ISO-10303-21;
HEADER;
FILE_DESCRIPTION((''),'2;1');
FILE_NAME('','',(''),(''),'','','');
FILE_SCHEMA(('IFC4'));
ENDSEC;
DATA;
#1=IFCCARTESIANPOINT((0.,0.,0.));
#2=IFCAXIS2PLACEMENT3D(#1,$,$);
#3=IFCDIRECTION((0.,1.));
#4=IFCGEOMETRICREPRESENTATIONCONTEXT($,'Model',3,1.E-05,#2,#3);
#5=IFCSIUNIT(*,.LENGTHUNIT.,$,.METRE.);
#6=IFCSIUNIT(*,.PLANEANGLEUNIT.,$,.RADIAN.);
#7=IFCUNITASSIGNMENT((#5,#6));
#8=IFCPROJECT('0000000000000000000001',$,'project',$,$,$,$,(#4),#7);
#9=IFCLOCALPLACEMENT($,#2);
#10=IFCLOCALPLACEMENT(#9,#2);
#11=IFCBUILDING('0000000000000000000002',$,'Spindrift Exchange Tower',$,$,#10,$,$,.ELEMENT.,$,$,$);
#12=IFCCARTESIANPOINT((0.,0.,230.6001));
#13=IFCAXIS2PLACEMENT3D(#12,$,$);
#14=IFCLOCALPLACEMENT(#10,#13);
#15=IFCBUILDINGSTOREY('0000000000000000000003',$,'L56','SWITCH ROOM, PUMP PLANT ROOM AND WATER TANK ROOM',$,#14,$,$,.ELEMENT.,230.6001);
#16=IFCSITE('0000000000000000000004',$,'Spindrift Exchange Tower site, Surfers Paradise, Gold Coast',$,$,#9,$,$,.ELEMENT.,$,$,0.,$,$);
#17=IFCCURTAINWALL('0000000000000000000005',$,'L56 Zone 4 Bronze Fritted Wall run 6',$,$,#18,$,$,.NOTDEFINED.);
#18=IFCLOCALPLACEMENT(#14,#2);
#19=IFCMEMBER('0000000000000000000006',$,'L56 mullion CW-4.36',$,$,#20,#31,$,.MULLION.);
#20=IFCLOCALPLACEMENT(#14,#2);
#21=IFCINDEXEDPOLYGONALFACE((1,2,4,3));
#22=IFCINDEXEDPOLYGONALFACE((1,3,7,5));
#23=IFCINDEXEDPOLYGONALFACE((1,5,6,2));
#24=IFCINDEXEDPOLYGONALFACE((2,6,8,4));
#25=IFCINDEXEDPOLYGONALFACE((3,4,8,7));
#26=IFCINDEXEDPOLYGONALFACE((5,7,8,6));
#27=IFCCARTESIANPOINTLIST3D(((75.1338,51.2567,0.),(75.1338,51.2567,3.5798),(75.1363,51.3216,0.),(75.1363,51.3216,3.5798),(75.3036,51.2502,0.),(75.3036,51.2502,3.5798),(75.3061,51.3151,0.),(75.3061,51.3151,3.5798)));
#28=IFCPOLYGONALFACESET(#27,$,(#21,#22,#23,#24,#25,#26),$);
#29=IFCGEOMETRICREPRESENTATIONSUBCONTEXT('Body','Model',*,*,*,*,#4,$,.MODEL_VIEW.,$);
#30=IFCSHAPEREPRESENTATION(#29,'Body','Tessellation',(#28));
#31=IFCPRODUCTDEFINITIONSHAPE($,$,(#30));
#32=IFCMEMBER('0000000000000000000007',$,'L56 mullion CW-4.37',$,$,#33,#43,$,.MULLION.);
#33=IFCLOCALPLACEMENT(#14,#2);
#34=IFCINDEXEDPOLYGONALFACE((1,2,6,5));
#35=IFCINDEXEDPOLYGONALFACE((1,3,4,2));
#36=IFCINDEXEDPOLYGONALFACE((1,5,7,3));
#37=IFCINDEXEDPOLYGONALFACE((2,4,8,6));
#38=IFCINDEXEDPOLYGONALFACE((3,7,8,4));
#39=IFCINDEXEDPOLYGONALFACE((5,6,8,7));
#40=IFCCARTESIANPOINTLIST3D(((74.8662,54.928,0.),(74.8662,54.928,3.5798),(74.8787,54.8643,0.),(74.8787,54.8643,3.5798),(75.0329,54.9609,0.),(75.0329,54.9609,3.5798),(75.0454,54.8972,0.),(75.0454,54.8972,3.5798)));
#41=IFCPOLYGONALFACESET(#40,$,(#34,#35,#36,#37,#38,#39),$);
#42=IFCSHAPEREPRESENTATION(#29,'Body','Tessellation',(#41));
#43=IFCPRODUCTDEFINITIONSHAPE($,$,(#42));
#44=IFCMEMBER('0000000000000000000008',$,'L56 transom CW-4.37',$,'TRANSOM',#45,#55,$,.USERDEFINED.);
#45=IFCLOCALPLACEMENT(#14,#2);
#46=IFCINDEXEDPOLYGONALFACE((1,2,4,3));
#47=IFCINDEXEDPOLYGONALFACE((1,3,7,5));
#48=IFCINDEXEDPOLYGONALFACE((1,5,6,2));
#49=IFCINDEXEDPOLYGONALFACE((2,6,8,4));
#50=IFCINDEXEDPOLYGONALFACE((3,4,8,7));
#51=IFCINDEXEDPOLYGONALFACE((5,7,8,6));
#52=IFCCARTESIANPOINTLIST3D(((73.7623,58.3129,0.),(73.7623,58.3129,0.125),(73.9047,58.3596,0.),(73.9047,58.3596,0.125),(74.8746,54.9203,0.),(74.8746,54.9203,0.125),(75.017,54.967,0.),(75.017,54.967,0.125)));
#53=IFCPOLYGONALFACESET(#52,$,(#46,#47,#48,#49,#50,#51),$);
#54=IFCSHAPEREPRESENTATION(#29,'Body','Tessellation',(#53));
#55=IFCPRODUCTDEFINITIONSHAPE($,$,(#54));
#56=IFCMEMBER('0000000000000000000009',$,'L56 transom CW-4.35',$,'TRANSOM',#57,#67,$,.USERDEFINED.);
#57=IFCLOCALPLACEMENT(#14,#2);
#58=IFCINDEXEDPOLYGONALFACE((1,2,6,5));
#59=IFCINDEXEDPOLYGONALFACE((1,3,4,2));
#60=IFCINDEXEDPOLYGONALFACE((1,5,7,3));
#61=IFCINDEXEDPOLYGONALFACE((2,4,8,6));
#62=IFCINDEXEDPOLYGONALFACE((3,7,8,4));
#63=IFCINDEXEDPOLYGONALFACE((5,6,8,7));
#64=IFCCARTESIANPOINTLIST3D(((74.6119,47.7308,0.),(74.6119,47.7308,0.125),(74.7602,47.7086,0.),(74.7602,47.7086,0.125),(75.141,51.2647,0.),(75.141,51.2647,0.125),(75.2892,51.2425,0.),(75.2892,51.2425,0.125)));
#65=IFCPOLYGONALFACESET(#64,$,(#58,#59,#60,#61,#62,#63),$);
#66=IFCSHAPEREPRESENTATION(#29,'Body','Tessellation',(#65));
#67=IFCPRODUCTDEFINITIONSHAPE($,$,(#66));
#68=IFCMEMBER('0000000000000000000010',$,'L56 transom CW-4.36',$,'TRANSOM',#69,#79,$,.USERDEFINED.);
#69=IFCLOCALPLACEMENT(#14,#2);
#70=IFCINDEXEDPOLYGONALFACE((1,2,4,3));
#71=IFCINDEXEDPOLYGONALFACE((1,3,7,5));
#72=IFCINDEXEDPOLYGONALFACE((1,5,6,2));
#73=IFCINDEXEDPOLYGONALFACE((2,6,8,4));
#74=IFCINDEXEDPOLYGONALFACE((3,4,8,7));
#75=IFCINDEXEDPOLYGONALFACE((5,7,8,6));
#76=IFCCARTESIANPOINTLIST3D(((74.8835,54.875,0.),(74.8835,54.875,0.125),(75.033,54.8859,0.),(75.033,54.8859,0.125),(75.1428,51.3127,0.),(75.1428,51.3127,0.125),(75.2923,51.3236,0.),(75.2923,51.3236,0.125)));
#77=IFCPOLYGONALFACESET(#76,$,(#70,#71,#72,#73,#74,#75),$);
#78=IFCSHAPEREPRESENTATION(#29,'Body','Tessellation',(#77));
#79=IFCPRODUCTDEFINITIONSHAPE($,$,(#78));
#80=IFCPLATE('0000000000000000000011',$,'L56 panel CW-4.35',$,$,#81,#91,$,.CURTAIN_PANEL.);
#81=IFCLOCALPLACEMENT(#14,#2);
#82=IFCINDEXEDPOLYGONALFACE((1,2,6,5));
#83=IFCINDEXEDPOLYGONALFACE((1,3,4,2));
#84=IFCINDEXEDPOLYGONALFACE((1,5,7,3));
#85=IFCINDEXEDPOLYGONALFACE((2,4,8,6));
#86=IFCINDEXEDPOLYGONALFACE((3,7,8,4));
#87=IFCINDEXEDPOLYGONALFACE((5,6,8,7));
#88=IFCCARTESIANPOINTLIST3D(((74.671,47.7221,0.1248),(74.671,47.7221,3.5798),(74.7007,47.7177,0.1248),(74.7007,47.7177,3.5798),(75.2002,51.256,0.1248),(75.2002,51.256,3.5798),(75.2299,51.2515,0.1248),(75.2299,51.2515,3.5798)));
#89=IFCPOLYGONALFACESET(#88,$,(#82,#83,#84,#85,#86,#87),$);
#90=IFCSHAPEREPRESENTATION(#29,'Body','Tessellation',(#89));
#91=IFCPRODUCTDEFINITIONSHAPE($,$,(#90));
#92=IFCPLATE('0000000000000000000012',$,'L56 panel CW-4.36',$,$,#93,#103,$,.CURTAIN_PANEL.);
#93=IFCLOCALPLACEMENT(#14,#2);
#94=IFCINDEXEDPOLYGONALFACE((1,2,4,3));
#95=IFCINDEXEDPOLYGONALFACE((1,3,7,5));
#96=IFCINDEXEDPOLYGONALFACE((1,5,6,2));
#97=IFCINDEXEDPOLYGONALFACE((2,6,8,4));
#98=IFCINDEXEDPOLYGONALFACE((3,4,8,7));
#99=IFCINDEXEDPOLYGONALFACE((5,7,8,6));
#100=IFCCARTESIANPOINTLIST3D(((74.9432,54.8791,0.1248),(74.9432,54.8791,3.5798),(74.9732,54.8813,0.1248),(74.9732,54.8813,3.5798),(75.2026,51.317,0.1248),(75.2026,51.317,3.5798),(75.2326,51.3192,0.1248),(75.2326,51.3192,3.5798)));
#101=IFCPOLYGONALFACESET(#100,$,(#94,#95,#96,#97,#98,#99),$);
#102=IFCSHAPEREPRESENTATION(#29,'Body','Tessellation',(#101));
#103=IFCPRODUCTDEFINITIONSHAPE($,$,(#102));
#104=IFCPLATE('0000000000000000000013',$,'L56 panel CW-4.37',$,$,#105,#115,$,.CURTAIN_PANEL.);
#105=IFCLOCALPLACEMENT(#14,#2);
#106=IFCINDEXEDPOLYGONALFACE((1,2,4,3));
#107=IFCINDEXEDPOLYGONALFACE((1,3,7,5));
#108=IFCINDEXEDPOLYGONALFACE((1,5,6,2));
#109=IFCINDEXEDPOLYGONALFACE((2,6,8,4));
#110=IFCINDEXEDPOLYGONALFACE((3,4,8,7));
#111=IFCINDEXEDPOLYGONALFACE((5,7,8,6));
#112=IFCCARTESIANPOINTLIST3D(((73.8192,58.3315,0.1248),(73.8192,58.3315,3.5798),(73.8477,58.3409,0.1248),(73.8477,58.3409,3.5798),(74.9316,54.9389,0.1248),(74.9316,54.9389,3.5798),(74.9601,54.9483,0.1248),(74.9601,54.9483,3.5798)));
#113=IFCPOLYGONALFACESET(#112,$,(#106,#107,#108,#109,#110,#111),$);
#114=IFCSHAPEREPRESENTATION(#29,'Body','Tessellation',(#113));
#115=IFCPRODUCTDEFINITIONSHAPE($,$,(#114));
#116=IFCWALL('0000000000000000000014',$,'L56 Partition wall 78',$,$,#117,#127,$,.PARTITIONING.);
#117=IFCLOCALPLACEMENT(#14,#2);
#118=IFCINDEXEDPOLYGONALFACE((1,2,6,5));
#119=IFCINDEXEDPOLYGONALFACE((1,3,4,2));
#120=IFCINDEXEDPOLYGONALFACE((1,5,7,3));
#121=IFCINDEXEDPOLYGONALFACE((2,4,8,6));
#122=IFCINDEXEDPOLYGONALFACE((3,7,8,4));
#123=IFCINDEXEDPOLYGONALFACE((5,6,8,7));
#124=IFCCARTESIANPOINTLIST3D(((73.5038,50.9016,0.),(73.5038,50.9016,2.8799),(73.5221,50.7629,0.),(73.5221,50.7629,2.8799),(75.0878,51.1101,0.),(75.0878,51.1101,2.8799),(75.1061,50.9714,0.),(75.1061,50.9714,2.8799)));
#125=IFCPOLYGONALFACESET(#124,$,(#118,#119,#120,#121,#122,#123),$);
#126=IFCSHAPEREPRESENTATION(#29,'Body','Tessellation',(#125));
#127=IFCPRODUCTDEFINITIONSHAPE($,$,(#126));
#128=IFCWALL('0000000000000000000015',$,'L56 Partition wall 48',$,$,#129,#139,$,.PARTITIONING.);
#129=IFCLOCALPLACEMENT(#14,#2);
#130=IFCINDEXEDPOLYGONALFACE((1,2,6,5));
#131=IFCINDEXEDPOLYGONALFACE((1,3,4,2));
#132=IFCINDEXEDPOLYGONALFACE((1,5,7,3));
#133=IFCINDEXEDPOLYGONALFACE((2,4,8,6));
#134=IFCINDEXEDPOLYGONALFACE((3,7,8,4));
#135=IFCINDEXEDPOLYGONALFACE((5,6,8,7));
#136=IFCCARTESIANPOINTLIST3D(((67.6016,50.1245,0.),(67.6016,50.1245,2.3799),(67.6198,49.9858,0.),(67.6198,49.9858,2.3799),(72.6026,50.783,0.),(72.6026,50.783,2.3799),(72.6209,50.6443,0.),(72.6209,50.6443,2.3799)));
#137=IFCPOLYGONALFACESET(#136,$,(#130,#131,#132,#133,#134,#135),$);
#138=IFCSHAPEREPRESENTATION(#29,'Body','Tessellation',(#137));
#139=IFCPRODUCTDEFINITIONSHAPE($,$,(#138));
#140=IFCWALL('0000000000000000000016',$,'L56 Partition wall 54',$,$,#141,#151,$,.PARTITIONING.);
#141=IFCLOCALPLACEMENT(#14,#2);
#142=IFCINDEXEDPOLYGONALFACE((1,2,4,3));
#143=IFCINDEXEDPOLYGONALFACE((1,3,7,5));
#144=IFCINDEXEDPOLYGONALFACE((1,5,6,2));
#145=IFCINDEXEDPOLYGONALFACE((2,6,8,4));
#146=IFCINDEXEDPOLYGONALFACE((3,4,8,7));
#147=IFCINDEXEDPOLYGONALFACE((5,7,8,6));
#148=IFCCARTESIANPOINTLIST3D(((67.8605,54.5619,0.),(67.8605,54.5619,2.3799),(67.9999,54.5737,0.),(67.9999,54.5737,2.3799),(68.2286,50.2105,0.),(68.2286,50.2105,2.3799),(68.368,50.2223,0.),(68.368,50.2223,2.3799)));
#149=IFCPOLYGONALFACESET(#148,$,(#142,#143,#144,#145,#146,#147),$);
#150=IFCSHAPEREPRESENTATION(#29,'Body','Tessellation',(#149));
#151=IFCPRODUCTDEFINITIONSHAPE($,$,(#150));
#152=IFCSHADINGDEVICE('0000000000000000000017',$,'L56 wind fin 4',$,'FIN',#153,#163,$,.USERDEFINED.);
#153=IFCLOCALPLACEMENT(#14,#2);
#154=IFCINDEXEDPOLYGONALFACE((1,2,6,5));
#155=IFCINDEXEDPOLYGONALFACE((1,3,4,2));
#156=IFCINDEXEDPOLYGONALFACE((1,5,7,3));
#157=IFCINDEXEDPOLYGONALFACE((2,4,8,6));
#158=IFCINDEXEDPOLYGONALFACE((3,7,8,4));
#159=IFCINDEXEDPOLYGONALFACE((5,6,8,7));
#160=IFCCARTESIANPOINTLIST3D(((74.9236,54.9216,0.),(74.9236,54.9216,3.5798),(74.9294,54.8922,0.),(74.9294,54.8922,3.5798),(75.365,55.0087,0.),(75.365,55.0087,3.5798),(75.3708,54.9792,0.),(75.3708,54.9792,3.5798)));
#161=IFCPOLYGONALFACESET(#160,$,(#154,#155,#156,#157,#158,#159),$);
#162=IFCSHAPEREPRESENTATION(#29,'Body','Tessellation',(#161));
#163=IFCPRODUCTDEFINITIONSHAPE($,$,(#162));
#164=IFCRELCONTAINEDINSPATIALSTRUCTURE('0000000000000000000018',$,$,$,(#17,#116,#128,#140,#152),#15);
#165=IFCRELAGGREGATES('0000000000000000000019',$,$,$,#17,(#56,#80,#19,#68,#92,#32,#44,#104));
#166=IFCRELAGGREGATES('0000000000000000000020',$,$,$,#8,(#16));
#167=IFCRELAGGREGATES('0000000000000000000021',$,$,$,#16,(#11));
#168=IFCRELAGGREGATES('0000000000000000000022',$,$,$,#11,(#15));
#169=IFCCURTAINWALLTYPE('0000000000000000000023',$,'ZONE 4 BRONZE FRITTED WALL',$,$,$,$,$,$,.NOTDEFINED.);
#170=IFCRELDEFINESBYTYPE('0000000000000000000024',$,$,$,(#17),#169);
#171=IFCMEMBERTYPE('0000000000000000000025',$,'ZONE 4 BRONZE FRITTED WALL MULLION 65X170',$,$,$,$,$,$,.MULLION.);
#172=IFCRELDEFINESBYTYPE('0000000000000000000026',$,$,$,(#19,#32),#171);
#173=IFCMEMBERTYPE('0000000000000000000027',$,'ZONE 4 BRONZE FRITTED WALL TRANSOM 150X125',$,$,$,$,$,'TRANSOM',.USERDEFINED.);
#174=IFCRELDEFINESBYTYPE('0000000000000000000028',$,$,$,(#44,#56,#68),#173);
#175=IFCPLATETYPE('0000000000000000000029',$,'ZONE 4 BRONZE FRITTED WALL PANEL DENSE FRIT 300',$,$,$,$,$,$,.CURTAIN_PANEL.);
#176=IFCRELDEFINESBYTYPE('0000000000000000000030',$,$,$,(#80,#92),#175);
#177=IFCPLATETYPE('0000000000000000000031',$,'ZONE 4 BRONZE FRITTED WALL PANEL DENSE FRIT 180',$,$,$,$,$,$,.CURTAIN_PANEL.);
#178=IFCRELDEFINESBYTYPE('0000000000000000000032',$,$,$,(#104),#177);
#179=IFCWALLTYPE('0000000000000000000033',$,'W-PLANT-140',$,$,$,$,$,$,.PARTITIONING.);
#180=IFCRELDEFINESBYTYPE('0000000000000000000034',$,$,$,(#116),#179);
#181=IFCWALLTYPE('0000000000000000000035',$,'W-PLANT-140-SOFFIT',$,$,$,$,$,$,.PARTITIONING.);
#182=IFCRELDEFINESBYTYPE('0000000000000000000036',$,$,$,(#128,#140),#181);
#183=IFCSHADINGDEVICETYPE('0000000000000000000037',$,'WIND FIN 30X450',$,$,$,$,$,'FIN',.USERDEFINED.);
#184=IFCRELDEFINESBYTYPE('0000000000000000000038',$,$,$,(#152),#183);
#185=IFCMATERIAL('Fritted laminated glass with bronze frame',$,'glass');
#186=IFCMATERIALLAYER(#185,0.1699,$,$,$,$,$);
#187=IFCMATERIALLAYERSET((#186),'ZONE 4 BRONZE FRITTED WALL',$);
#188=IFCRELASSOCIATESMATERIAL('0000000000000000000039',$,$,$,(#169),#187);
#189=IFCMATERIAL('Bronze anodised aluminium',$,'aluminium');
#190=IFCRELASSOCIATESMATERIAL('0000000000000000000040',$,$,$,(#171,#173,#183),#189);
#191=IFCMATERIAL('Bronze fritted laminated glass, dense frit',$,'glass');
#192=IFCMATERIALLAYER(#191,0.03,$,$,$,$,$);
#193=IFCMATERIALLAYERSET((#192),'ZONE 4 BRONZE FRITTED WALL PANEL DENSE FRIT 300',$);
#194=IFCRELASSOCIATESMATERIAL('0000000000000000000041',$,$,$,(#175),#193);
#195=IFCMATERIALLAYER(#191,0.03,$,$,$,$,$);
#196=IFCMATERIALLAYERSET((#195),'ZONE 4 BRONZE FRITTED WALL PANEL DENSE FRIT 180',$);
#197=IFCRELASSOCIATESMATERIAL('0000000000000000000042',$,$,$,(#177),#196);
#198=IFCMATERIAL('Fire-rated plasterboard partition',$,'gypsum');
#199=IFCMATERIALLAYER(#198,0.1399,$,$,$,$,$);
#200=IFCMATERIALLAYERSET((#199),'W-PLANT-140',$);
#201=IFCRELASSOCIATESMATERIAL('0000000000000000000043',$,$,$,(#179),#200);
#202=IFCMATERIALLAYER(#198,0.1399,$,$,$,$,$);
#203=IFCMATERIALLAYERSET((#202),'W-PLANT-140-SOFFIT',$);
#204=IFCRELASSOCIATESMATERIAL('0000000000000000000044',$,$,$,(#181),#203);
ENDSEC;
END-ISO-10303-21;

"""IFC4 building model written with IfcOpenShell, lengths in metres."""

from ifc_helpers import new_model, si_unit, direction, frame, frame_2d, origin, origin_2d, place, context, subcontext, project, spatial, rectangle, extrude, source, transform, mapped, material, layer, layer_set, material_profile, profile_set, type_object, element, aggregate, save


model = new_model("IFC4")

# Units and contexts
model_context = context("Model", 3, precision=1e-05, world=origin(), true_north=direction((0.0, 1.0)))
body_context = subcontext(model_context, "Body", "Model", "MODEL_VIEW")
ifc_project = project(units=[si_unit("LENGTHUNIT", "METRE"), si_unit("PLANEANGLEUNIT", "RADIAN")], contexts=[model_context])

# Site, building, storey
site_placement = place(None, origin())
site = spatial("IfcSite", under=ifc_project, at=site_placement, Name="Spindrift Exchange Tower site, Surfers Paradise, Gold Coast", CompositionType="ELEMENT", RefElevation=0.0)
building_placement = place(site_placement, origin())
building = spatial("IfcBuilding", under=site, at=building_placement, Name="Spindrift Exchange Tower", CompositionType="ELEMENT")
storey_placement = place(building_placement, frame((0.0, 0.0, 230.6001)))
storey = spatial("IfcBuildingStorey", under=building, at=storey_placement, Name="L56", Description="SWITCH ROOM, PUMP PLANT ROOM AND WATER TANK ROOM", CompositionType="ELEMENT", Elevation=230.6001)

# Curtain wall, members, plates
ifc_material_1 = material(Name="Fritted laminated glass with bronze frame", Category="glass")
ifc_layer_1 = layer(ifc_material_1, 0.1699)
ifc_layer_set_1 = layer_set([ifc_layer_1], Name="ZONE 4 BRONZE FRITTED WALL")
curtain_wall_type = type_object("IfcCurtainWallType", Name="ZONE 4 BRONZE FRITTED WALL", PredefinedType="NOTDEFINED", material=ifc_layer_set_1)
curtain_wall_placement = place(storey_placement, origin())
curtain_wall = element("IfcCurtainWall", 1, at=curtain_wall_placement, inside=storey, type_object=curtain_wall_type, Name="L56 Zone 4 Bronze Fritted Wall run 6", PredefinedType="NOTDEFINED")
ifc_material_2 = material(Name="Bronze anodised aluminium", Category="aluminium")
ifc_material_profile_1 = material_profile(ifc_material_2, rectangle(XDim=0.0649, YDim=0.1699, at=origin_2d()), Name="ZONE 4 BRONZE FRITTED WALL MULLION 65X170")
ifc_profile_set_1 = profile_set([ifc_material_profile_1], Name="Bronze anodised aluminium")
member_type_1 = type_object("IfcMemberType", Name="ZONE 4 BRONZE FRITTED WALL MULLION 65X170", PredefinedType="MULLION", material=ifc_profile_set_1)
shared_shape_1 = source(origin(), body_context, "Body", "SweptSolid", [
    extrude(rectangle(XDim=0.0649, YDim=0.1699, at=origin_2d()), origin(), (0.0, 0.0, 1.0), 3.5798),
])
member_1_placement = place(storey_placement, frame((75.22, 51.2859, 0.0), z_axis=(0.0, 0.0, 1.0), x_axis=(0.037979, 0.999279, 0.0)))
member_1 = element("IfcMember", 2, at=member_1_placement, type_object=member_type_1, Name="L56 mullion CW-4.36", PredefinedType="MULLION", context=body_context, shape_type="MappedRepresentation", body=[
    mapped(shared_shape_1, transform((0.0, 0.0, 0.0), scale=1.0)),
])
member_2_placement = place(storey_placement, frame((74.9558, 54.9126, 0.0), z_axis=(0.0, 0.0, 1.0), x_axis=(-0.193533, 0.981094, 0.0)))
member_2 = element("IfcMember", 3, at=member_2_placement, type_object=member_type_1, Name="L56 mullion CW-4.37", PredefinedType="MULLION", context=body_context, shape_type="MappedRepresentation", body=[
    mapped(shared_shape_1, transform((0.0, 0.0, 0.0), scale=1.0)),
])
ifc_material_profile_2 = material_profile(ifc_material_2, rectangle(XDim=0.1499, YDim=0.125, at=origin_2d()), Name="ZONE 4 BRONZE FRITTED WALL TRANSOM 150X125")
ifc_profile_set_2 = profile_set([ifc_material_profile_2], Name="Bronze anodised aluminium")
member_type_2 = type_object("IfcMemberType", Name="ZONE 4 BRONZE FRITTED WALL TRANSOM 150X125", ElementType="TRANSOM", PredefinedType="USERDEFINED", material=ifc_profile_set_2)
shared_shape_2 = source(origin(), body_context, "Body", "SweptSolid", [
    extrude(rectangle(XDim=0.1499, YDim=0.125, at=origin_2d()), origin(), (0.0, 0.0, 1.0), 3.5703),
])
member_3_placement = place(storey_placement, frame((74.9458, 54.9436, 0.0625), z_axis=(-0.311547, 0.950231, 0.0), x_axis=(-0.950231, -0.311547, 0.0)))
member_3 = element("IfcMember", 4, at=member_3_placement, type_object=member_type_2, Name="L56 transom CW-4.37", ObjectType="TRANSOM", PredefinedType="USERDEFINED", context=body_context, shape_type="MappedRepresentation", body=[
    mapped(shared_shape_2, transform((0.0, 0.0, 0.0), scale=1.0)),
])
shared_shape_3 = source(origin(), body_context, "Body", "SweptSolid", [
    extrude(rectangle(XDim=0.1499, YDim=0.125, at=origin_2d()), origin(), (0.0, 0.0, 1.0), 3.5732),
])
member_4_placement = place(storey_placement, frame((74.686, 47.7197, 0.0625), z_axis=(0.148056, 0.988979, 0.0), x_axis=(-0.988979, 0.148056, 0.0)))
member_4 = element("IfcMember", 5, at=member_4_placement, type_object=member_type_2, Name="L56 transom CW-4.35", ObjectType="TRANSOM", PredefinedType="USERDEFINED", context=body_context, shape_type="MappedRepresentation", body=[
    mapped(shared_shape_3, transform((0.0, 0.0, 0.0), scale=1.0)),
])
shared_shape_4 = source(origin(), body_context, "Body", "SweptSolid", [
    extrude(rectangle(XDim=0.1499, YDim=0.125, at=origin_2d()), origin(), (0.0, 0.0, 1.0), 3.5718),
])
member_5_placement = place(storey_placement, frame((75.2175, 51.3181, 0.0625), z_axis=(-0.072593, 0.997362, 0.0), x_axis=(-0.997362, -0.072593, 0.0)))
member_5 = element("IfcMember", 6, at=member_5_placement, type_object=member_type_2, Name="L56 transom CW-4.36", ObjectType="TRANSOM", PredefinedType="USERDEFINED", context=body_context, shape_type="MappedRepresentation", body=[
    mapped(shared_shape_4, transform((0.0, 0.0, 0.0), scale=1.0)),
])
ifc_material_3 = material(Name="Bronze fritted laminated glass, dense frit", Category="glass")
ifc_layer_2 = layer(ifc_material_3, 0.03)
ifc_layer_set_2 = layer_set([ifc_layer_2], Name="ZONE 4 BRONZE FRITTED WALL PANEL DENSE FRIT 300")
plate_type_1 = type_object("IfcPlateType", Name="ZONE 4 BRONZE FRITTED WALL PANEL DENSE FRIT 300", PredefinedType="CURTAIN_PANEL", material=ifc_layer_set_2)
shared_shape_5 = source(origin(), body_context, "Body", "SweptSolid", [
    extrude(rectangle(XDim=3.5732, YDim=0.03, at=origin_2d()), origin(), (0.0, 0.0, 1.0), 3.4551),
])
plate_1_placement = place(storey_placement, frame((74.9504, 49.4868, 0.1248), z_axis=(0.0, 0.0, 1.0), x_axis=(0.148117, 0.98897, 0.0)))
plate_1 = element("IfcPlate", 7, at=plate_1_placement, type_object=plate_type_1, Name="L56 panel CW-4.35", PredefinedType="CURTAIN_PANEL", context=body_context, shape_type="MappedRepresentation", body=[
    mapped(shared_shape_5, transform((0.0, 0.0, 0.0), scale=1.0)),
])
shared_shape_6 = source(origin(), body_context, "Body", "SweptSolid", [
    extrude(rectangle(XDim=3.5715, YDim=0.03, at=origin_2d()), origin(), (0.0, 0.0, 1.0), 3.4551),
])
plate_2_placement = place(storey_placement, frame((75.0879, 53.0991, 0.1248), z_axis=(0.0, 0.0, 1.0), x_axis=(-0.072625, 0.997359, 0.0)))
plate_2 = element("IfcPlate", 8, at=plate_2_placement, type_object=plate_type_1, Name="L56 panel CW-4.36", PredefinedType="CURTAIN_PANEL", context=body_context, shape_type="MappedRepresentation", body=[
    mapped(shared_shape_6, transform((0.0, 0.0, 0.0), scale=1.0)),
])
ifc_layer_3 = layer(ifc_material_3, 0.03)
ifc_layer_set_3 = layer_set([ifc_layer_3], Name="ZONE 4 BRONZE FRITTED WALL PANEL DENSE FRIT 180")
plate_type_2 = type_object("IfcPlateType", Name="ZONE 4 BRONZE FRITTED WALL PANEL DENSE FRIT 180", PredefinedType="CURTAIN_PANEL", material=ifc_layer_set_3)
shared_shape_7 = source(origin(), body_context, "Body", "SweptSolid", [
    extrude(rectangle(XDim=3.5703, YDim=0.03, at=origin_2d()), origin(), (0.0, 0.0, 1.0), 3.4551),
])
plate_3_placement = place(storey_placement, frame((74.3896, 56.6399, 0.1248), z_axis=(0.0, 0.0, 1.0), x_axis=(-0.311561, 0.950226, 0.0)))
plate_3 = element("IfcPlate", 9, at=plate_3_placement, type_object=plate_type_2, Name="L56 panel CW-4.37", PredefinedType="CURTAIN_PANEL", context=body_context, shape_type="MappedRepresentation", body=[
    mapped(shared_shape_7, transform((0.0, 0.0, 0.0), scale=1.0)),
])
aggregate(curtain_wall, [member_4, plate_1, member_1, member_5, plate_2, member_2, member_3, plate_3])

# Walls
ifc_material_4 = material(Name="Fire-rated plasterboard partition", Category="gypsum")
ifc_layer_4 = layer(ifc_material_4, 0.1399)
ifc_layer_set_4 = layer_set([ifc_layer_4], Name="W-PLANT-140")
wall_type_1 = type_object("IfcWallType", Name="W-PLANT-140", PredefinedType="PARTITIONING", material=ifc_layer_set_4)
wall_1_placement = place(storey_placement, frame((73.5129, 50.8323, 0.0), z_axis=(0.0, 0.0, 1.0), x_axis=(0.991448, 0.130502, 0.0)))
element("IfcWall", 10, at=wall_1_placement, inside=storey, type_object=wall_type_1, Name="L56 Partition wall 78", PredefinedType="PARTITIONING", context=body_context, shape_type="SweptSolid", body=[
    extrude(rectangle(XDim=1.5977, YDim=0.1399, at=frame_2d((0.7988, 0.0))), origin(), (0.0, 0.0, 1.0), 2.8799),
])
ifc_layer_5 = layer(ifc_material_4, 0.1399)
ifc_layer_set_5 = layer_set([ifc_layer_5], Name="W-PLANT-140-SOFFIT")
wall_type_2 = type_object("IfcWallType", Name="W-PLANT-140-SOFFIT", PredefinedType="PARTITIONING", material=ifc_layer_set_5)
wall_2_placement = place(storey_placement, frame((67.6108, 50.0552, 0.0), z_axis=(0.0, 0.0, 1.0), x_axis=(0.991443, 0.130537, 0.0)))
element("IfcWall", 11, at=wall_2_placement, inside=storey, type_object=wall_type_2, Name="L56 Partition wall 48", PredefinedType="PARTITIONING", context=body_context, shape_type="SweptSolid", body=[
    extrude(rectangle(XDim=5.0442, YDim=0.1399, at=frame_2d((2.522, 0.0))), origin(), (0.0, 0.0, 1.0), 2.3799),
])
wall_3_placement = place(storey_placement, frame((68.2983, 50.2163, 0.0), z_axis=(0.0, 0.0, 1.0), x_axis=(-0.084309, 0.99644, 0.0)))
element("IfcWall", 12, at=wall_3_placement, inside=storey, type_object=wall_type_2, Name="L56 Partition wall 54", PredefinedType="PARTITIONING", context=body_context, shape_type="SweptSolid", body=[
    extrude(rectangle(XDim=4.3669, YDim=0.1399, at=frame_2d((2.1836, 0.0))), origin(), (0.0, 0.0, 1.0), 2.3799),
])

# Shading device
ifc_material_profile_3 = material_profile(ifc_material_2, rectangle(XDim=0.03, YDim=0.45, at=origin_2d()), Name="WIND FIN 30X450")
ifc_profile_set_3 = profile_set([ifc_material_profile_3], Name="Bronze anodised aluminium")
shading_device_type = type_object("IfcShadingDeviceType", Name="WIND FIN 30X450", ElementType="FIN", PredefinedType="USERDEFINED", material=ifc_profile_set_3)
shared_shape_8 = source(origin(), body_context, "Body", "SweptSolid", [
    extrude(rectangle(XDim=0.03, YDim=0.45, at=origin_2d()), origin(), (0.0, 0.0, 1.0), 3.5798),
])
shading_device_placement = place(storey_placement, frame((75.1472, 54.9504, 0.0), z_axis=(0.0, 0.0, 1.0), x_axis=(-0.193534, 0.981094, 0.0)))
element("IfcShadingDevice", 13, at=shading_device_placement, inside=storey, type_object=shading_device_type, Name="L56 wind fin 4", ObjectType="FIN", PredefinedType="USERDEFINED", context=body_context, shape_type="MappedRepresentation", body=[
    mapped(shared_shape_8, transform((0.0, 0.0, 0.0), scale=1.0)),
])

save(model, "model.ifc")
